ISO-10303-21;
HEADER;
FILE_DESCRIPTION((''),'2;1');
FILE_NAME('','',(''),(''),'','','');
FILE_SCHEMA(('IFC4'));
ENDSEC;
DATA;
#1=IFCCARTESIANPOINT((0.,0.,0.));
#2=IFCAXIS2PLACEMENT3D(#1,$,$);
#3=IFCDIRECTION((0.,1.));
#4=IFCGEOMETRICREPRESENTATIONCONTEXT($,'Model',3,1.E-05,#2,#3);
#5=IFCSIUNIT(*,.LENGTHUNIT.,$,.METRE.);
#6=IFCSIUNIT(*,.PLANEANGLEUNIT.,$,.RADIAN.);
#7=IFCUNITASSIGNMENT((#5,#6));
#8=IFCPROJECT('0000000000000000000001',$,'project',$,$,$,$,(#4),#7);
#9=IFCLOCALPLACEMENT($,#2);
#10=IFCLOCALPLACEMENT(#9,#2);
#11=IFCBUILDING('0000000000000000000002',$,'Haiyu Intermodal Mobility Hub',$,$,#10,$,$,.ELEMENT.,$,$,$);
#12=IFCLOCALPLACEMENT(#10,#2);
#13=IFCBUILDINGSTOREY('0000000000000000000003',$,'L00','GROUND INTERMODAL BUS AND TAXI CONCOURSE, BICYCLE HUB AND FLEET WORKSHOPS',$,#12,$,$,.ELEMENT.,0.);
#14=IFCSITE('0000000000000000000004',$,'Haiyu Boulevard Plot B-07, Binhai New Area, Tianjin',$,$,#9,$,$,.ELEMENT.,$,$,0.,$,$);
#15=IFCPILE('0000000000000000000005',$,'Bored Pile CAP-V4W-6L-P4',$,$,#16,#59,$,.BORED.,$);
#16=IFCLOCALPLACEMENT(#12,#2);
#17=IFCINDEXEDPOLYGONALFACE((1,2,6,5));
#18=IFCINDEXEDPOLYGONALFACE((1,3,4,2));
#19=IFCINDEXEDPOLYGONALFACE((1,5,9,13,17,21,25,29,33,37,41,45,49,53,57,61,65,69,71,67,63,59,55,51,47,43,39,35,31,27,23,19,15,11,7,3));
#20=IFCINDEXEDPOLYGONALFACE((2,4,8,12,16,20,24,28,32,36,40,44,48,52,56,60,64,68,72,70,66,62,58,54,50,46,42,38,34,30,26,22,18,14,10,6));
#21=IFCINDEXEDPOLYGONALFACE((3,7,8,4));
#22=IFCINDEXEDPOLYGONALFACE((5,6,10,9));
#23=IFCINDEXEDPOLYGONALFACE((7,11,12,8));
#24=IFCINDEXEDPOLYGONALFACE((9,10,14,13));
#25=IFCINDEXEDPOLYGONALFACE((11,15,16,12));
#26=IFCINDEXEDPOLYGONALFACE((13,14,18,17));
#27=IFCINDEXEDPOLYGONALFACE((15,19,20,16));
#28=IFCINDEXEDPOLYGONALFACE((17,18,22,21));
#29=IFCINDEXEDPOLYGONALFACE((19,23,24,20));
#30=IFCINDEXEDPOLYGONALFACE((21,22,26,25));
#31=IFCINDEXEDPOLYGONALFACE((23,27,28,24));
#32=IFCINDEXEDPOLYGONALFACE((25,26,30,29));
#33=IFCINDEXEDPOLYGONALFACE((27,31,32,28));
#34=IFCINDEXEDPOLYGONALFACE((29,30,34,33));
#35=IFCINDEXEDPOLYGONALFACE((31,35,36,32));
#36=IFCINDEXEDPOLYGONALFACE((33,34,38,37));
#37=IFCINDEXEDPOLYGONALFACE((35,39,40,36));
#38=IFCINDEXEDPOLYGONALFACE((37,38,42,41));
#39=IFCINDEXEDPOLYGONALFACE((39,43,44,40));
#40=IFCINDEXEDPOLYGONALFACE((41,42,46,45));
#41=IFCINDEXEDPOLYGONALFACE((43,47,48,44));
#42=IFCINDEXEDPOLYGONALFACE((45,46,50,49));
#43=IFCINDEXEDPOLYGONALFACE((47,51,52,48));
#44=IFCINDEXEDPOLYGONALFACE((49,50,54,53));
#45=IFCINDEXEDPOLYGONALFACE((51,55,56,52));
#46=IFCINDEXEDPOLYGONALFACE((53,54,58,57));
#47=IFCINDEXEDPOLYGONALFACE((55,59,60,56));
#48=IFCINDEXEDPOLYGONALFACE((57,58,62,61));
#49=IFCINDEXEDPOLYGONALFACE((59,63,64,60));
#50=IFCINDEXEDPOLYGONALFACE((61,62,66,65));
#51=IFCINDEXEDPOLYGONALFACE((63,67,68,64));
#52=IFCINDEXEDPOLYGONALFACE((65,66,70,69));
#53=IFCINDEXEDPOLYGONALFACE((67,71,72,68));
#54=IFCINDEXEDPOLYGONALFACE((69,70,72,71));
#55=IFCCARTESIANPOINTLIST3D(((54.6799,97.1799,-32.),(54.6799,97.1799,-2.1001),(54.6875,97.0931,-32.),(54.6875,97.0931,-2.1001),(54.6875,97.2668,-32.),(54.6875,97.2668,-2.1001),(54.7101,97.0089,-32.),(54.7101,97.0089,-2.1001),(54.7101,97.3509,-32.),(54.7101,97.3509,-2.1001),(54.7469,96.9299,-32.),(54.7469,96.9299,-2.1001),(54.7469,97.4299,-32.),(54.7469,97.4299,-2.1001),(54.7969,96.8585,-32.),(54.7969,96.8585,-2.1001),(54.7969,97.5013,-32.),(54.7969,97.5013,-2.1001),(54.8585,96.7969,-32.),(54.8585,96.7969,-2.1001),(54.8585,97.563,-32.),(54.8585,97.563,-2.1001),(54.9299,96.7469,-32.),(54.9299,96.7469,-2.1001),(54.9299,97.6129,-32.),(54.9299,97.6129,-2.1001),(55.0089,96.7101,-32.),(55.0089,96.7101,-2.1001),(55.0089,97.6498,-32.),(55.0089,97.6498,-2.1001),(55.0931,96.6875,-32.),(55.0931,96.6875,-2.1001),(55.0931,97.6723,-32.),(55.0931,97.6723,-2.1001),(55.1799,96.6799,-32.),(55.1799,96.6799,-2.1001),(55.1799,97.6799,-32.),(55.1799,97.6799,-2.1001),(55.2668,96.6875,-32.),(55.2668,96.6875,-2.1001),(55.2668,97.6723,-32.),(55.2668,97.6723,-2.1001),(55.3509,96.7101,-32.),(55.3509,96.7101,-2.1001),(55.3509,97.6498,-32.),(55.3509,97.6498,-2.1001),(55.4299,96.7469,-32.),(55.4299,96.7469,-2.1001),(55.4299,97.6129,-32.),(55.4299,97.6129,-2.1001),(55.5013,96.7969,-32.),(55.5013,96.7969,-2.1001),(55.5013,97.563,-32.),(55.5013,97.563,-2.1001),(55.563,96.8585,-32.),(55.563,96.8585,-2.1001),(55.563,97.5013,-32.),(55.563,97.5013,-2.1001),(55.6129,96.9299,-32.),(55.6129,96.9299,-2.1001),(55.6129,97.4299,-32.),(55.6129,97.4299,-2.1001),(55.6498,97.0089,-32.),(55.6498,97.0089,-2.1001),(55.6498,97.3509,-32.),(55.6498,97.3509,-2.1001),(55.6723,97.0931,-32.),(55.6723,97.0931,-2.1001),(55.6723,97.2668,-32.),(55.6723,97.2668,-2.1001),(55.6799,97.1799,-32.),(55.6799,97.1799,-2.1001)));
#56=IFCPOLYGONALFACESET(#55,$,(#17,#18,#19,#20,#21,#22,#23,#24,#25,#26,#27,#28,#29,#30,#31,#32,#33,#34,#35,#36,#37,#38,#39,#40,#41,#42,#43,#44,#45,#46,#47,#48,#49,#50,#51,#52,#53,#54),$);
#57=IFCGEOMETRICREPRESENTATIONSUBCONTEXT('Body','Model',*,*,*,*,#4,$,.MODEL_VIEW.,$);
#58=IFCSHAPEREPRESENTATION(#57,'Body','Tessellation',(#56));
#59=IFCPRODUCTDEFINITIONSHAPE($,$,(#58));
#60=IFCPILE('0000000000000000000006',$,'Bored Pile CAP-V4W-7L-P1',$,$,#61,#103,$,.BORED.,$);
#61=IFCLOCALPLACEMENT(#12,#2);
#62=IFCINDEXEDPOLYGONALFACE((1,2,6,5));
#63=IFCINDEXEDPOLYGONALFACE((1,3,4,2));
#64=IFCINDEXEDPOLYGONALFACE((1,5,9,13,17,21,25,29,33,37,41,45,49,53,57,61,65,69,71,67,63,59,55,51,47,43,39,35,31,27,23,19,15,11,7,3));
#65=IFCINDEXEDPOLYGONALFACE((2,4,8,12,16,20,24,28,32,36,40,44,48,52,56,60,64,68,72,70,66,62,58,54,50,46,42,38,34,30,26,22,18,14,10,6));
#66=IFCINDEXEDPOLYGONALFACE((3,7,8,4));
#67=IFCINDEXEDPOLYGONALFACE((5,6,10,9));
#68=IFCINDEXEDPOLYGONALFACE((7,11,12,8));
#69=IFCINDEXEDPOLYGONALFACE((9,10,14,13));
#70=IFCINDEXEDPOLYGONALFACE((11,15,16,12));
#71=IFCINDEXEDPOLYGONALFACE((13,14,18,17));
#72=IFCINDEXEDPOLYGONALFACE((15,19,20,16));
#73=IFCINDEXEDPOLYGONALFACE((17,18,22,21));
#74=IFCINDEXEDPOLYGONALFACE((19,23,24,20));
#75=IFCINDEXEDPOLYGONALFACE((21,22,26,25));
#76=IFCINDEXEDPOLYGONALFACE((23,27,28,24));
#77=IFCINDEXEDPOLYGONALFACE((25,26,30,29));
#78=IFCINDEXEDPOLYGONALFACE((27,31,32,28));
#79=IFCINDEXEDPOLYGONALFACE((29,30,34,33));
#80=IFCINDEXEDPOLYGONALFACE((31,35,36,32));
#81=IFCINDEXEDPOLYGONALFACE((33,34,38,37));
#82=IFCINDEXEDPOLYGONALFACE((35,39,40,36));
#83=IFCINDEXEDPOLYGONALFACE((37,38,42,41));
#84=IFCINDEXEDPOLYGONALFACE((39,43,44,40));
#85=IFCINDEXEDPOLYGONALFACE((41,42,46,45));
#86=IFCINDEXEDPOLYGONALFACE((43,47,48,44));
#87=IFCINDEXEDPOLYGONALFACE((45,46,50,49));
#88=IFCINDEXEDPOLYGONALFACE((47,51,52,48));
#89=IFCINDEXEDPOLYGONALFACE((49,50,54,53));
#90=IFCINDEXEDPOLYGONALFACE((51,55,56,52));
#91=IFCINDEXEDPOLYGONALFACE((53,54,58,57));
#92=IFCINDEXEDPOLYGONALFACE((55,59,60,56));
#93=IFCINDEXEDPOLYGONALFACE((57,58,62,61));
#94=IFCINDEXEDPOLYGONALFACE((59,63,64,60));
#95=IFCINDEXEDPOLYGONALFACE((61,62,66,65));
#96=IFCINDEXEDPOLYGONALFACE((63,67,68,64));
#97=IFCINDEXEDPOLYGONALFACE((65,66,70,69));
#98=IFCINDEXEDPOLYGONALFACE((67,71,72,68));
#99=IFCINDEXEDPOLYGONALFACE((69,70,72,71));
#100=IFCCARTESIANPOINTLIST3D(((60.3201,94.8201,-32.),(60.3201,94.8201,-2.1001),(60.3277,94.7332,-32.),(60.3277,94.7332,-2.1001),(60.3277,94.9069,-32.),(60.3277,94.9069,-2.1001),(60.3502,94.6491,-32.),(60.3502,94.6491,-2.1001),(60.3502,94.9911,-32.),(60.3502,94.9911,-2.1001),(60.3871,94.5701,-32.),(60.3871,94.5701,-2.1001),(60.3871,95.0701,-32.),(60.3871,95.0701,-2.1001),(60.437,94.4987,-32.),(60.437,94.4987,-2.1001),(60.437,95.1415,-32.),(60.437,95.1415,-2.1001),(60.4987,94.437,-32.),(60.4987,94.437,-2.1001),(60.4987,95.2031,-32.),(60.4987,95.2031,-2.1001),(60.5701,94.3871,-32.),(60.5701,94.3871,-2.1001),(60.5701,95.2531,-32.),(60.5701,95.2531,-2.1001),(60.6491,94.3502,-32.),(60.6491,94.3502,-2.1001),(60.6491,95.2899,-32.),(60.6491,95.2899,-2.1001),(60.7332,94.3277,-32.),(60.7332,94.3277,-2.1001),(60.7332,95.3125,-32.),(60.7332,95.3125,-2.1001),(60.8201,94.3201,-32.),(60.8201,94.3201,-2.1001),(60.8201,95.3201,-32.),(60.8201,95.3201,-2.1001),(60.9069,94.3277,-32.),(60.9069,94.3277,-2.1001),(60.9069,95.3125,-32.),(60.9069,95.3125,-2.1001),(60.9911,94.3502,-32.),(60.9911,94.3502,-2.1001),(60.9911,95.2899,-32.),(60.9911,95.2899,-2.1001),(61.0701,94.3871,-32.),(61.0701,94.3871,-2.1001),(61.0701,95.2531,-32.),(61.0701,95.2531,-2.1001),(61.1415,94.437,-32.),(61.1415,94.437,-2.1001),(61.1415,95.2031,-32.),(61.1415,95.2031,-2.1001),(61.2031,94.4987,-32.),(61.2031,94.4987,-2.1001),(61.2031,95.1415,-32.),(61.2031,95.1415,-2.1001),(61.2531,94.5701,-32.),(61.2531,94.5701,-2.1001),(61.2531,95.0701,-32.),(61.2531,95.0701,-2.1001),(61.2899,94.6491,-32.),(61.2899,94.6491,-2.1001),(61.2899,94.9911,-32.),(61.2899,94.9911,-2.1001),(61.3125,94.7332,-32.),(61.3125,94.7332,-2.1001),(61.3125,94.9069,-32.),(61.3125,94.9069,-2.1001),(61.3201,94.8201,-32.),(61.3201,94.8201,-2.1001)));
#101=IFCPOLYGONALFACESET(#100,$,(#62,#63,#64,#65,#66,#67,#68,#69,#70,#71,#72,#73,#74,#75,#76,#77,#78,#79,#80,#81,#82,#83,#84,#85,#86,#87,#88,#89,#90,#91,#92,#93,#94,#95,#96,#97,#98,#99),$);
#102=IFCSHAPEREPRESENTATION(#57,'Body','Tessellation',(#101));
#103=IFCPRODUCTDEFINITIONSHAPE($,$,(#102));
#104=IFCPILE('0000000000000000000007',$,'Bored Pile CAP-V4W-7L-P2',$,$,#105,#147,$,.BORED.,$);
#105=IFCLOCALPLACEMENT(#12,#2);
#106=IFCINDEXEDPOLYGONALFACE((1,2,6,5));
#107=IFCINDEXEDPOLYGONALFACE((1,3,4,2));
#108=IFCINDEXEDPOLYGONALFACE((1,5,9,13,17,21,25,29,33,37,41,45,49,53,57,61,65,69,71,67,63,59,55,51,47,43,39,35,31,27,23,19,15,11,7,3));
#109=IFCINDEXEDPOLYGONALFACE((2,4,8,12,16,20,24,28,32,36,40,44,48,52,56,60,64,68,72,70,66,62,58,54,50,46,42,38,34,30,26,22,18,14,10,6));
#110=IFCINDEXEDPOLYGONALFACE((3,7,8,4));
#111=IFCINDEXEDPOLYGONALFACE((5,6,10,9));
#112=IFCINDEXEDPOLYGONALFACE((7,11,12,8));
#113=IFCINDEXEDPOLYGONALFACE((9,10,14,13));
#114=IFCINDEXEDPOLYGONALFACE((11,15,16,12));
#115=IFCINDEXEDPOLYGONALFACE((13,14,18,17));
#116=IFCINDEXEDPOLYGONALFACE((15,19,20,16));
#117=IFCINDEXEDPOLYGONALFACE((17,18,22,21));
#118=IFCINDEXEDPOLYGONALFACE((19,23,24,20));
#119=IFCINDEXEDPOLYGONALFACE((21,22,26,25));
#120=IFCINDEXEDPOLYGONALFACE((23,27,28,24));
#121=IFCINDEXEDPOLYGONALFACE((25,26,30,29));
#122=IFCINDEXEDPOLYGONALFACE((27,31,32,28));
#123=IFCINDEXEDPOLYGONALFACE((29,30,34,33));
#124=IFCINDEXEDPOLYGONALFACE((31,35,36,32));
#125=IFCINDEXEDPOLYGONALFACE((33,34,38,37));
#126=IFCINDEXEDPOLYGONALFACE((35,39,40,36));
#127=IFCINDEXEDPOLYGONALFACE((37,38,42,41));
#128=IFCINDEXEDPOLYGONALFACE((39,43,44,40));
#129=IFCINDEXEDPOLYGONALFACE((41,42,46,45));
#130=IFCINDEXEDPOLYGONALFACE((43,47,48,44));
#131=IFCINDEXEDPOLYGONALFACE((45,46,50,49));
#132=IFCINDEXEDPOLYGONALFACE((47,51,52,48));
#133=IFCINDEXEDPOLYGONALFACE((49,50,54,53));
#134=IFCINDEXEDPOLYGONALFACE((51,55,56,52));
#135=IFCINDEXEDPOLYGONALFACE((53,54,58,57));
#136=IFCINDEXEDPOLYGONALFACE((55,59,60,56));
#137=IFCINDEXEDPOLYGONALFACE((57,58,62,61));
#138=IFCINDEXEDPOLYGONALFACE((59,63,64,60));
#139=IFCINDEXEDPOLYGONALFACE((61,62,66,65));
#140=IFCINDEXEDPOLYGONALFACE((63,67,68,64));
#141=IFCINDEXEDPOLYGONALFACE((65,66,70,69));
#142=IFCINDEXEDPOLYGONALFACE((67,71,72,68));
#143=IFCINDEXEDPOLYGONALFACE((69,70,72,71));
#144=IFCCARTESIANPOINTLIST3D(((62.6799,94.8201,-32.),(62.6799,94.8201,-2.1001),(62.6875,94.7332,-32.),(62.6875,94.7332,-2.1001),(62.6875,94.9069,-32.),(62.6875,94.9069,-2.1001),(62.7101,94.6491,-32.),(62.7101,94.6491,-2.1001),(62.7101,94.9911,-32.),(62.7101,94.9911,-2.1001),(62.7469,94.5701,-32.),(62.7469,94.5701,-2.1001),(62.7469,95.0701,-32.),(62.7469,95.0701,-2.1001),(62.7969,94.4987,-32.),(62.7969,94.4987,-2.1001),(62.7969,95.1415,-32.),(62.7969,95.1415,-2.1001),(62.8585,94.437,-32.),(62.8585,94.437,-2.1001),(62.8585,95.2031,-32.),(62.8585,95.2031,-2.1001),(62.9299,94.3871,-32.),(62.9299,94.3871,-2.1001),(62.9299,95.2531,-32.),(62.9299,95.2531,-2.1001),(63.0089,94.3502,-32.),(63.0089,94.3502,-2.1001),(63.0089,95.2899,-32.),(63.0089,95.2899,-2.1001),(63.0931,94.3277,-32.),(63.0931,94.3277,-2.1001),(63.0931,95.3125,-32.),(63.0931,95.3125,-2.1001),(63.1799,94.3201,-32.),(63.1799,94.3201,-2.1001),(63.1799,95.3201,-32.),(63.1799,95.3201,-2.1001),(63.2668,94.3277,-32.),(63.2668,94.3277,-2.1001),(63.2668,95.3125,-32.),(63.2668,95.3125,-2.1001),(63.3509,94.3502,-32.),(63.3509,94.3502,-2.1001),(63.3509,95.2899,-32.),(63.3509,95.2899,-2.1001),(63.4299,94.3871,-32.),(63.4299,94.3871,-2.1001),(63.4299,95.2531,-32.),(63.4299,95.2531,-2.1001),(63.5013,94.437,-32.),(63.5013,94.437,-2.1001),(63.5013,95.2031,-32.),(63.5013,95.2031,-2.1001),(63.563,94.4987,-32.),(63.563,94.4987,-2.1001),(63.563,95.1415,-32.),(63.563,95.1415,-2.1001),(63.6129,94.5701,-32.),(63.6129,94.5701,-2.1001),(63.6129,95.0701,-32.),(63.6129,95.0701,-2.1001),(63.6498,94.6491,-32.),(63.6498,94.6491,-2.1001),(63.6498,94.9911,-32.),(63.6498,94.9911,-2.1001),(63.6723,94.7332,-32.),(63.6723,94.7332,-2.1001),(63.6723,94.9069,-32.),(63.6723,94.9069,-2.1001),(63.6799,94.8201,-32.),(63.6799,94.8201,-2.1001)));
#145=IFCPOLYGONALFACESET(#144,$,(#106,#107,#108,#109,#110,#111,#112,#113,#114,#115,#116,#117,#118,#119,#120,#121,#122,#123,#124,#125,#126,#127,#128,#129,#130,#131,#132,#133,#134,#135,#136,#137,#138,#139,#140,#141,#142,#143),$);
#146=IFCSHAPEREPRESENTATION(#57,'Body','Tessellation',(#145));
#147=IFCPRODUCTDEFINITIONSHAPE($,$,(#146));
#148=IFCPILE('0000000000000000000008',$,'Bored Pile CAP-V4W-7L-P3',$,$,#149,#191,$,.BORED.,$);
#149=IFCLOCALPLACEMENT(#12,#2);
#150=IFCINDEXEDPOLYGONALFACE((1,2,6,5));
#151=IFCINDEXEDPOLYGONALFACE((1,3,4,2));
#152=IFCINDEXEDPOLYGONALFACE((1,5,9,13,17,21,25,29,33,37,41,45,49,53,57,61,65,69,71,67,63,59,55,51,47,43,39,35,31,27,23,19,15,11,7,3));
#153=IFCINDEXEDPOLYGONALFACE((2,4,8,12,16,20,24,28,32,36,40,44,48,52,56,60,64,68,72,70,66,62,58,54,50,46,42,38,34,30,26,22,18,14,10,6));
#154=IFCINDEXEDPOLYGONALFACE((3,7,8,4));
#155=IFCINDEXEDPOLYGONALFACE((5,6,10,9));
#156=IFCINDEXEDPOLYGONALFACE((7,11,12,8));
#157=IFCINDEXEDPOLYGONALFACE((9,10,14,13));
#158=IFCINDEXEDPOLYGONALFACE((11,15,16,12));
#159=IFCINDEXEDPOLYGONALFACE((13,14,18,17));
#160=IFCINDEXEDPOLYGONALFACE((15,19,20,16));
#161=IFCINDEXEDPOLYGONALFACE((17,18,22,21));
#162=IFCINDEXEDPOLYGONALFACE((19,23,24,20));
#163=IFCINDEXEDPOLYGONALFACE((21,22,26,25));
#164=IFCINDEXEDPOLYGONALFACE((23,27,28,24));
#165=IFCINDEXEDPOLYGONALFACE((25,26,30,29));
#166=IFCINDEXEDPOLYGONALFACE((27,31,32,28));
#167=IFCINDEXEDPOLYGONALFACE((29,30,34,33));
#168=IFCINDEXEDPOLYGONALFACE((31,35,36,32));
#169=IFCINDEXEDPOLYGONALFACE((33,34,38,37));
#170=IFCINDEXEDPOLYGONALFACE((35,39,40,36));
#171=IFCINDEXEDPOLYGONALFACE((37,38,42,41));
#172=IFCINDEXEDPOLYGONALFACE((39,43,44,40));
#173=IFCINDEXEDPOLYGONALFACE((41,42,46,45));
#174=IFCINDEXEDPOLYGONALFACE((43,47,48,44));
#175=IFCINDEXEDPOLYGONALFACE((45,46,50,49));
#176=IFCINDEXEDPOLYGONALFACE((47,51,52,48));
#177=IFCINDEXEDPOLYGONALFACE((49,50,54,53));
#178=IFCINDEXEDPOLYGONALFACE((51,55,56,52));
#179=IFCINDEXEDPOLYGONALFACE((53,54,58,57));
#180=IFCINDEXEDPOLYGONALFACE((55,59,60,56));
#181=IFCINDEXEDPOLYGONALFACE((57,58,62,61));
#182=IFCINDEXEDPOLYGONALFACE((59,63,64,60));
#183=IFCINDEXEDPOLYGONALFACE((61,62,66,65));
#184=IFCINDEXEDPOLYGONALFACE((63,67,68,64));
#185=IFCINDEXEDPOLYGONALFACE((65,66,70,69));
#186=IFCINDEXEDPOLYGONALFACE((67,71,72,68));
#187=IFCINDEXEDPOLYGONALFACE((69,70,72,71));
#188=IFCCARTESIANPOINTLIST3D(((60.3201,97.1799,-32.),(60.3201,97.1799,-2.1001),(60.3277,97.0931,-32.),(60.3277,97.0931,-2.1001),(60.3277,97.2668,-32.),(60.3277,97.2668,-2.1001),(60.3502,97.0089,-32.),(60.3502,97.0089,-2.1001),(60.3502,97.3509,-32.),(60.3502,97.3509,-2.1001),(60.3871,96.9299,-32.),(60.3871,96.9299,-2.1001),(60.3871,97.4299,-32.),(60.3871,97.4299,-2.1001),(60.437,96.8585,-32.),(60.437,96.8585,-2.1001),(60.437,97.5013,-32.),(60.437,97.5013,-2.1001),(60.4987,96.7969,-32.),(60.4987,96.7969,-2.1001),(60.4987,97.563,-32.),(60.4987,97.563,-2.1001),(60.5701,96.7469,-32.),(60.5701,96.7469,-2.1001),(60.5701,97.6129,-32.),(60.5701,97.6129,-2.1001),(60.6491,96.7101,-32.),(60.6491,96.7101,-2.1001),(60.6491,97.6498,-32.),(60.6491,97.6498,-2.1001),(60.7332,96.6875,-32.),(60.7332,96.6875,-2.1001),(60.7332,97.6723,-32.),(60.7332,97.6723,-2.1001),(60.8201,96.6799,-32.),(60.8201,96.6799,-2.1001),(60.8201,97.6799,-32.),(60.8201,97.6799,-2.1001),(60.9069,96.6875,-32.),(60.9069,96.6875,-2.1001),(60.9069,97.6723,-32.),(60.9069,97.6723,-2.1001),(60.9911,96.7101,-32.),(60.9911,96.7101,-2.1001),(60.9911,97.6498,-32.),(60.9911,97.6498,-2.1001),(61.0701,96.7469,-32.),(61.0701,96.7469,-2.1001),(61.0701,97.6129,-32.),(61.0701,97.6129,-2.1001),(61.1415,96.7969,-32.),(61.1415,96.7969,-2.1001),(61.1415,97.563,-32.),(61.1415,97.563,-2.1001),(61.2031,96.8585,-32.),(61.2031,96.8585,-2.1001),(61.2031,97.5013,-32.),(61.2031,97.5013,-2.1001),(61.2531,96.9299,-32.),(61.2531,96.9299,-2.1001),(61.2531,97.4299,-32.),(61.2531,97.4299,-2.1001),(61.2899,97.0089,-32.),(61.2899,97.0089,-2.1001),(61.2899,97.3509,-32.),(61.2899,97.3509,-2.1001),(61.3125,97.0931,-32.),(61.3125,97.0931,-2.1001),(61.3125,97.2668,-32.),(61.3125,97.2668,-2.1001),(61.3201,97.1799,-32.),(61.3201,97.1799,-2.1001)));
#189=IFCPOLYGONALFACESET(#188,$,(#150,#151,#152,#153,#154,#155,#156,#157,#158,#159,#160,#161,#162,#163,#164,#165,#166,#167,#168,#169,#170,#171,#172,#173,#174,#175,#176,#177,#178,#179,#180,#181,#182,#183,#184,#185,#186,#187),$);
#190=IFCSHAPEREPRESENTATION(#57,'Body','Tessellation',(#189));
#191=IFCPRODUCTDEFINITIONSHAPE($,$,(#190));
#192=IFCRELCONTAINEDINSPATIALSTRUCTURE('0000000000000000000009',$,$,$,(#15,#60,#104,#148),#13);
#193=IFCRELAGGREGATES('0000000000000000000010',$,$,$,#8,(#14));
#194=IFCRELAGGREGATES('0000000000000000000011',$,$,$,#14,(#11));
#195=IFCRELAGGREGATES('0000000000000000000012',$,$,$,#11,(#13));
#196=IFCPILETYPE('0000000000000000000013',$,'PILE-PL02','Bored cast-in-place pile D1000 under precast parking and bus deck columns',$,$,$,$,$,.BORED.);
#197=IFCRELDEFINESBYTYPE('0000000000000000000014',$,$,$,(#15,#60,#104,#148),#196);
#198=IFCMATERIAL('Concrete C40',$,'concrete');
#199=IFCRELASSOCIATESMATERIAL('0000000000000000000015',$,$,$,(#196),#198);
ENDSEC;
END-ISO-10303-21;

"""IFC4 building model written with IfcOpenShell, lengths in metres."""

from ifc_helpers import new_model, si_unit, direction, frame, origin, origin_2d, place, context, subcontext, project, spatial, circle, extrude, material, material_profile, profile_set, type_object, element, save


model = new_model("IFC4")

# Units and contexts
model_context = context("Model", 3, precision=1e-05, world=origin(), true_north=direction((0.0, 1.0)))
body_context = subcontext(model_context, "Body", "Model", "MODEL_VIEW")
ifc_project = project(units=[si_unit("LENGTHUNIT", "METRE"), si_unit("PLANEANGLEUNIT", "RADIAN")], contexts=[model_context])

# Site, building, storey
site_placement = place(None, origin())
site = spatial("IfcSite", under=ifc_project, at=site_placement, Name="Haiyu Boulevard Plot B-07, Binhai New Area, Tianjin", CompositionType="ELEMENT", RefElevation=0.0)
building_placement = place(site_placement, origin())
building = spatial("IfcBuilding", under=site, at=building_placement, Name="Haiyu Intermodal Mobility Hub", CompositionType="ELEMENT")
storey_placement = place(building_placement, origin())
storey = spatial("IfcBuildingStorey", under=building, at=storey_placement, Name="L00", Description="GROUND INTERMODAL BUS AND TAXI CONCOURSE, BICYCLE HUB AND FLEET WORKSHOPS", CompositionType="ELEMENT", Elevation=0.0)

# Shared definitions
ifc_material_1 = material(Name="Concrete C40", Category="concrete")

# Piles
ifc_material_profile_1 = material_profile(ifc_material_1, circle(Radius=0.5, at=origin_2d()), Name="PILE-D1000")
ifc_profile_set_1 = profile_set([ifc_material_profile_1], Name="Concrete C40")
pile_type = type_object("IfcPileType", Name="PILE-PL02", Description="Bored cast-in-place pile D1000 under precast parking and bus deck columns", PredefinedType="BORED", material=ifc_profile_set_1)
for number, where, z_axis, x_axis, name in (
    (1, (55.1799, 97.1799, -2.1001), (0.0, 0.0, -1.0), (1.0, 0.0, 0.0), "Bored Pile CAP-V4W-6L-P4"),
    (2, (60.8201, 94.8201, -2.1001), (0.0, 0.0, -1.0), (1.0, 0.0, 0.0), "Bored Pile CAP-V4W-7L-P1"),
    (3, (63.1799, 94.8201, -2.1001), (0.0, 0.0, -1.0), (1.0, 0.0, 0.0), "Bored Pile CAP-V4W-7L-P2"),
    (4, (60.8201, 97.1799, -2.1001), (0.0, 0.0, -1.0), (1.0, 0.0, 0.0), "Bored Pile CAP-V4W-7L-P3"),
):
    element("IfcPile", number, at=place(storey_placement, frame(where, z_axis=z_axis, x_axis=x_axis)), inside=storey, type_object=pile_type, Name=name, PredefinedType="BORED", context=body_context, shape_type="SweptSolid", body=[
        extrude(circle(Radius=0.5, at=origin_2d()), origin(), (0.0, 0.0, 1.0), 29.8999),
    ])

save(model, "model.ifc")
